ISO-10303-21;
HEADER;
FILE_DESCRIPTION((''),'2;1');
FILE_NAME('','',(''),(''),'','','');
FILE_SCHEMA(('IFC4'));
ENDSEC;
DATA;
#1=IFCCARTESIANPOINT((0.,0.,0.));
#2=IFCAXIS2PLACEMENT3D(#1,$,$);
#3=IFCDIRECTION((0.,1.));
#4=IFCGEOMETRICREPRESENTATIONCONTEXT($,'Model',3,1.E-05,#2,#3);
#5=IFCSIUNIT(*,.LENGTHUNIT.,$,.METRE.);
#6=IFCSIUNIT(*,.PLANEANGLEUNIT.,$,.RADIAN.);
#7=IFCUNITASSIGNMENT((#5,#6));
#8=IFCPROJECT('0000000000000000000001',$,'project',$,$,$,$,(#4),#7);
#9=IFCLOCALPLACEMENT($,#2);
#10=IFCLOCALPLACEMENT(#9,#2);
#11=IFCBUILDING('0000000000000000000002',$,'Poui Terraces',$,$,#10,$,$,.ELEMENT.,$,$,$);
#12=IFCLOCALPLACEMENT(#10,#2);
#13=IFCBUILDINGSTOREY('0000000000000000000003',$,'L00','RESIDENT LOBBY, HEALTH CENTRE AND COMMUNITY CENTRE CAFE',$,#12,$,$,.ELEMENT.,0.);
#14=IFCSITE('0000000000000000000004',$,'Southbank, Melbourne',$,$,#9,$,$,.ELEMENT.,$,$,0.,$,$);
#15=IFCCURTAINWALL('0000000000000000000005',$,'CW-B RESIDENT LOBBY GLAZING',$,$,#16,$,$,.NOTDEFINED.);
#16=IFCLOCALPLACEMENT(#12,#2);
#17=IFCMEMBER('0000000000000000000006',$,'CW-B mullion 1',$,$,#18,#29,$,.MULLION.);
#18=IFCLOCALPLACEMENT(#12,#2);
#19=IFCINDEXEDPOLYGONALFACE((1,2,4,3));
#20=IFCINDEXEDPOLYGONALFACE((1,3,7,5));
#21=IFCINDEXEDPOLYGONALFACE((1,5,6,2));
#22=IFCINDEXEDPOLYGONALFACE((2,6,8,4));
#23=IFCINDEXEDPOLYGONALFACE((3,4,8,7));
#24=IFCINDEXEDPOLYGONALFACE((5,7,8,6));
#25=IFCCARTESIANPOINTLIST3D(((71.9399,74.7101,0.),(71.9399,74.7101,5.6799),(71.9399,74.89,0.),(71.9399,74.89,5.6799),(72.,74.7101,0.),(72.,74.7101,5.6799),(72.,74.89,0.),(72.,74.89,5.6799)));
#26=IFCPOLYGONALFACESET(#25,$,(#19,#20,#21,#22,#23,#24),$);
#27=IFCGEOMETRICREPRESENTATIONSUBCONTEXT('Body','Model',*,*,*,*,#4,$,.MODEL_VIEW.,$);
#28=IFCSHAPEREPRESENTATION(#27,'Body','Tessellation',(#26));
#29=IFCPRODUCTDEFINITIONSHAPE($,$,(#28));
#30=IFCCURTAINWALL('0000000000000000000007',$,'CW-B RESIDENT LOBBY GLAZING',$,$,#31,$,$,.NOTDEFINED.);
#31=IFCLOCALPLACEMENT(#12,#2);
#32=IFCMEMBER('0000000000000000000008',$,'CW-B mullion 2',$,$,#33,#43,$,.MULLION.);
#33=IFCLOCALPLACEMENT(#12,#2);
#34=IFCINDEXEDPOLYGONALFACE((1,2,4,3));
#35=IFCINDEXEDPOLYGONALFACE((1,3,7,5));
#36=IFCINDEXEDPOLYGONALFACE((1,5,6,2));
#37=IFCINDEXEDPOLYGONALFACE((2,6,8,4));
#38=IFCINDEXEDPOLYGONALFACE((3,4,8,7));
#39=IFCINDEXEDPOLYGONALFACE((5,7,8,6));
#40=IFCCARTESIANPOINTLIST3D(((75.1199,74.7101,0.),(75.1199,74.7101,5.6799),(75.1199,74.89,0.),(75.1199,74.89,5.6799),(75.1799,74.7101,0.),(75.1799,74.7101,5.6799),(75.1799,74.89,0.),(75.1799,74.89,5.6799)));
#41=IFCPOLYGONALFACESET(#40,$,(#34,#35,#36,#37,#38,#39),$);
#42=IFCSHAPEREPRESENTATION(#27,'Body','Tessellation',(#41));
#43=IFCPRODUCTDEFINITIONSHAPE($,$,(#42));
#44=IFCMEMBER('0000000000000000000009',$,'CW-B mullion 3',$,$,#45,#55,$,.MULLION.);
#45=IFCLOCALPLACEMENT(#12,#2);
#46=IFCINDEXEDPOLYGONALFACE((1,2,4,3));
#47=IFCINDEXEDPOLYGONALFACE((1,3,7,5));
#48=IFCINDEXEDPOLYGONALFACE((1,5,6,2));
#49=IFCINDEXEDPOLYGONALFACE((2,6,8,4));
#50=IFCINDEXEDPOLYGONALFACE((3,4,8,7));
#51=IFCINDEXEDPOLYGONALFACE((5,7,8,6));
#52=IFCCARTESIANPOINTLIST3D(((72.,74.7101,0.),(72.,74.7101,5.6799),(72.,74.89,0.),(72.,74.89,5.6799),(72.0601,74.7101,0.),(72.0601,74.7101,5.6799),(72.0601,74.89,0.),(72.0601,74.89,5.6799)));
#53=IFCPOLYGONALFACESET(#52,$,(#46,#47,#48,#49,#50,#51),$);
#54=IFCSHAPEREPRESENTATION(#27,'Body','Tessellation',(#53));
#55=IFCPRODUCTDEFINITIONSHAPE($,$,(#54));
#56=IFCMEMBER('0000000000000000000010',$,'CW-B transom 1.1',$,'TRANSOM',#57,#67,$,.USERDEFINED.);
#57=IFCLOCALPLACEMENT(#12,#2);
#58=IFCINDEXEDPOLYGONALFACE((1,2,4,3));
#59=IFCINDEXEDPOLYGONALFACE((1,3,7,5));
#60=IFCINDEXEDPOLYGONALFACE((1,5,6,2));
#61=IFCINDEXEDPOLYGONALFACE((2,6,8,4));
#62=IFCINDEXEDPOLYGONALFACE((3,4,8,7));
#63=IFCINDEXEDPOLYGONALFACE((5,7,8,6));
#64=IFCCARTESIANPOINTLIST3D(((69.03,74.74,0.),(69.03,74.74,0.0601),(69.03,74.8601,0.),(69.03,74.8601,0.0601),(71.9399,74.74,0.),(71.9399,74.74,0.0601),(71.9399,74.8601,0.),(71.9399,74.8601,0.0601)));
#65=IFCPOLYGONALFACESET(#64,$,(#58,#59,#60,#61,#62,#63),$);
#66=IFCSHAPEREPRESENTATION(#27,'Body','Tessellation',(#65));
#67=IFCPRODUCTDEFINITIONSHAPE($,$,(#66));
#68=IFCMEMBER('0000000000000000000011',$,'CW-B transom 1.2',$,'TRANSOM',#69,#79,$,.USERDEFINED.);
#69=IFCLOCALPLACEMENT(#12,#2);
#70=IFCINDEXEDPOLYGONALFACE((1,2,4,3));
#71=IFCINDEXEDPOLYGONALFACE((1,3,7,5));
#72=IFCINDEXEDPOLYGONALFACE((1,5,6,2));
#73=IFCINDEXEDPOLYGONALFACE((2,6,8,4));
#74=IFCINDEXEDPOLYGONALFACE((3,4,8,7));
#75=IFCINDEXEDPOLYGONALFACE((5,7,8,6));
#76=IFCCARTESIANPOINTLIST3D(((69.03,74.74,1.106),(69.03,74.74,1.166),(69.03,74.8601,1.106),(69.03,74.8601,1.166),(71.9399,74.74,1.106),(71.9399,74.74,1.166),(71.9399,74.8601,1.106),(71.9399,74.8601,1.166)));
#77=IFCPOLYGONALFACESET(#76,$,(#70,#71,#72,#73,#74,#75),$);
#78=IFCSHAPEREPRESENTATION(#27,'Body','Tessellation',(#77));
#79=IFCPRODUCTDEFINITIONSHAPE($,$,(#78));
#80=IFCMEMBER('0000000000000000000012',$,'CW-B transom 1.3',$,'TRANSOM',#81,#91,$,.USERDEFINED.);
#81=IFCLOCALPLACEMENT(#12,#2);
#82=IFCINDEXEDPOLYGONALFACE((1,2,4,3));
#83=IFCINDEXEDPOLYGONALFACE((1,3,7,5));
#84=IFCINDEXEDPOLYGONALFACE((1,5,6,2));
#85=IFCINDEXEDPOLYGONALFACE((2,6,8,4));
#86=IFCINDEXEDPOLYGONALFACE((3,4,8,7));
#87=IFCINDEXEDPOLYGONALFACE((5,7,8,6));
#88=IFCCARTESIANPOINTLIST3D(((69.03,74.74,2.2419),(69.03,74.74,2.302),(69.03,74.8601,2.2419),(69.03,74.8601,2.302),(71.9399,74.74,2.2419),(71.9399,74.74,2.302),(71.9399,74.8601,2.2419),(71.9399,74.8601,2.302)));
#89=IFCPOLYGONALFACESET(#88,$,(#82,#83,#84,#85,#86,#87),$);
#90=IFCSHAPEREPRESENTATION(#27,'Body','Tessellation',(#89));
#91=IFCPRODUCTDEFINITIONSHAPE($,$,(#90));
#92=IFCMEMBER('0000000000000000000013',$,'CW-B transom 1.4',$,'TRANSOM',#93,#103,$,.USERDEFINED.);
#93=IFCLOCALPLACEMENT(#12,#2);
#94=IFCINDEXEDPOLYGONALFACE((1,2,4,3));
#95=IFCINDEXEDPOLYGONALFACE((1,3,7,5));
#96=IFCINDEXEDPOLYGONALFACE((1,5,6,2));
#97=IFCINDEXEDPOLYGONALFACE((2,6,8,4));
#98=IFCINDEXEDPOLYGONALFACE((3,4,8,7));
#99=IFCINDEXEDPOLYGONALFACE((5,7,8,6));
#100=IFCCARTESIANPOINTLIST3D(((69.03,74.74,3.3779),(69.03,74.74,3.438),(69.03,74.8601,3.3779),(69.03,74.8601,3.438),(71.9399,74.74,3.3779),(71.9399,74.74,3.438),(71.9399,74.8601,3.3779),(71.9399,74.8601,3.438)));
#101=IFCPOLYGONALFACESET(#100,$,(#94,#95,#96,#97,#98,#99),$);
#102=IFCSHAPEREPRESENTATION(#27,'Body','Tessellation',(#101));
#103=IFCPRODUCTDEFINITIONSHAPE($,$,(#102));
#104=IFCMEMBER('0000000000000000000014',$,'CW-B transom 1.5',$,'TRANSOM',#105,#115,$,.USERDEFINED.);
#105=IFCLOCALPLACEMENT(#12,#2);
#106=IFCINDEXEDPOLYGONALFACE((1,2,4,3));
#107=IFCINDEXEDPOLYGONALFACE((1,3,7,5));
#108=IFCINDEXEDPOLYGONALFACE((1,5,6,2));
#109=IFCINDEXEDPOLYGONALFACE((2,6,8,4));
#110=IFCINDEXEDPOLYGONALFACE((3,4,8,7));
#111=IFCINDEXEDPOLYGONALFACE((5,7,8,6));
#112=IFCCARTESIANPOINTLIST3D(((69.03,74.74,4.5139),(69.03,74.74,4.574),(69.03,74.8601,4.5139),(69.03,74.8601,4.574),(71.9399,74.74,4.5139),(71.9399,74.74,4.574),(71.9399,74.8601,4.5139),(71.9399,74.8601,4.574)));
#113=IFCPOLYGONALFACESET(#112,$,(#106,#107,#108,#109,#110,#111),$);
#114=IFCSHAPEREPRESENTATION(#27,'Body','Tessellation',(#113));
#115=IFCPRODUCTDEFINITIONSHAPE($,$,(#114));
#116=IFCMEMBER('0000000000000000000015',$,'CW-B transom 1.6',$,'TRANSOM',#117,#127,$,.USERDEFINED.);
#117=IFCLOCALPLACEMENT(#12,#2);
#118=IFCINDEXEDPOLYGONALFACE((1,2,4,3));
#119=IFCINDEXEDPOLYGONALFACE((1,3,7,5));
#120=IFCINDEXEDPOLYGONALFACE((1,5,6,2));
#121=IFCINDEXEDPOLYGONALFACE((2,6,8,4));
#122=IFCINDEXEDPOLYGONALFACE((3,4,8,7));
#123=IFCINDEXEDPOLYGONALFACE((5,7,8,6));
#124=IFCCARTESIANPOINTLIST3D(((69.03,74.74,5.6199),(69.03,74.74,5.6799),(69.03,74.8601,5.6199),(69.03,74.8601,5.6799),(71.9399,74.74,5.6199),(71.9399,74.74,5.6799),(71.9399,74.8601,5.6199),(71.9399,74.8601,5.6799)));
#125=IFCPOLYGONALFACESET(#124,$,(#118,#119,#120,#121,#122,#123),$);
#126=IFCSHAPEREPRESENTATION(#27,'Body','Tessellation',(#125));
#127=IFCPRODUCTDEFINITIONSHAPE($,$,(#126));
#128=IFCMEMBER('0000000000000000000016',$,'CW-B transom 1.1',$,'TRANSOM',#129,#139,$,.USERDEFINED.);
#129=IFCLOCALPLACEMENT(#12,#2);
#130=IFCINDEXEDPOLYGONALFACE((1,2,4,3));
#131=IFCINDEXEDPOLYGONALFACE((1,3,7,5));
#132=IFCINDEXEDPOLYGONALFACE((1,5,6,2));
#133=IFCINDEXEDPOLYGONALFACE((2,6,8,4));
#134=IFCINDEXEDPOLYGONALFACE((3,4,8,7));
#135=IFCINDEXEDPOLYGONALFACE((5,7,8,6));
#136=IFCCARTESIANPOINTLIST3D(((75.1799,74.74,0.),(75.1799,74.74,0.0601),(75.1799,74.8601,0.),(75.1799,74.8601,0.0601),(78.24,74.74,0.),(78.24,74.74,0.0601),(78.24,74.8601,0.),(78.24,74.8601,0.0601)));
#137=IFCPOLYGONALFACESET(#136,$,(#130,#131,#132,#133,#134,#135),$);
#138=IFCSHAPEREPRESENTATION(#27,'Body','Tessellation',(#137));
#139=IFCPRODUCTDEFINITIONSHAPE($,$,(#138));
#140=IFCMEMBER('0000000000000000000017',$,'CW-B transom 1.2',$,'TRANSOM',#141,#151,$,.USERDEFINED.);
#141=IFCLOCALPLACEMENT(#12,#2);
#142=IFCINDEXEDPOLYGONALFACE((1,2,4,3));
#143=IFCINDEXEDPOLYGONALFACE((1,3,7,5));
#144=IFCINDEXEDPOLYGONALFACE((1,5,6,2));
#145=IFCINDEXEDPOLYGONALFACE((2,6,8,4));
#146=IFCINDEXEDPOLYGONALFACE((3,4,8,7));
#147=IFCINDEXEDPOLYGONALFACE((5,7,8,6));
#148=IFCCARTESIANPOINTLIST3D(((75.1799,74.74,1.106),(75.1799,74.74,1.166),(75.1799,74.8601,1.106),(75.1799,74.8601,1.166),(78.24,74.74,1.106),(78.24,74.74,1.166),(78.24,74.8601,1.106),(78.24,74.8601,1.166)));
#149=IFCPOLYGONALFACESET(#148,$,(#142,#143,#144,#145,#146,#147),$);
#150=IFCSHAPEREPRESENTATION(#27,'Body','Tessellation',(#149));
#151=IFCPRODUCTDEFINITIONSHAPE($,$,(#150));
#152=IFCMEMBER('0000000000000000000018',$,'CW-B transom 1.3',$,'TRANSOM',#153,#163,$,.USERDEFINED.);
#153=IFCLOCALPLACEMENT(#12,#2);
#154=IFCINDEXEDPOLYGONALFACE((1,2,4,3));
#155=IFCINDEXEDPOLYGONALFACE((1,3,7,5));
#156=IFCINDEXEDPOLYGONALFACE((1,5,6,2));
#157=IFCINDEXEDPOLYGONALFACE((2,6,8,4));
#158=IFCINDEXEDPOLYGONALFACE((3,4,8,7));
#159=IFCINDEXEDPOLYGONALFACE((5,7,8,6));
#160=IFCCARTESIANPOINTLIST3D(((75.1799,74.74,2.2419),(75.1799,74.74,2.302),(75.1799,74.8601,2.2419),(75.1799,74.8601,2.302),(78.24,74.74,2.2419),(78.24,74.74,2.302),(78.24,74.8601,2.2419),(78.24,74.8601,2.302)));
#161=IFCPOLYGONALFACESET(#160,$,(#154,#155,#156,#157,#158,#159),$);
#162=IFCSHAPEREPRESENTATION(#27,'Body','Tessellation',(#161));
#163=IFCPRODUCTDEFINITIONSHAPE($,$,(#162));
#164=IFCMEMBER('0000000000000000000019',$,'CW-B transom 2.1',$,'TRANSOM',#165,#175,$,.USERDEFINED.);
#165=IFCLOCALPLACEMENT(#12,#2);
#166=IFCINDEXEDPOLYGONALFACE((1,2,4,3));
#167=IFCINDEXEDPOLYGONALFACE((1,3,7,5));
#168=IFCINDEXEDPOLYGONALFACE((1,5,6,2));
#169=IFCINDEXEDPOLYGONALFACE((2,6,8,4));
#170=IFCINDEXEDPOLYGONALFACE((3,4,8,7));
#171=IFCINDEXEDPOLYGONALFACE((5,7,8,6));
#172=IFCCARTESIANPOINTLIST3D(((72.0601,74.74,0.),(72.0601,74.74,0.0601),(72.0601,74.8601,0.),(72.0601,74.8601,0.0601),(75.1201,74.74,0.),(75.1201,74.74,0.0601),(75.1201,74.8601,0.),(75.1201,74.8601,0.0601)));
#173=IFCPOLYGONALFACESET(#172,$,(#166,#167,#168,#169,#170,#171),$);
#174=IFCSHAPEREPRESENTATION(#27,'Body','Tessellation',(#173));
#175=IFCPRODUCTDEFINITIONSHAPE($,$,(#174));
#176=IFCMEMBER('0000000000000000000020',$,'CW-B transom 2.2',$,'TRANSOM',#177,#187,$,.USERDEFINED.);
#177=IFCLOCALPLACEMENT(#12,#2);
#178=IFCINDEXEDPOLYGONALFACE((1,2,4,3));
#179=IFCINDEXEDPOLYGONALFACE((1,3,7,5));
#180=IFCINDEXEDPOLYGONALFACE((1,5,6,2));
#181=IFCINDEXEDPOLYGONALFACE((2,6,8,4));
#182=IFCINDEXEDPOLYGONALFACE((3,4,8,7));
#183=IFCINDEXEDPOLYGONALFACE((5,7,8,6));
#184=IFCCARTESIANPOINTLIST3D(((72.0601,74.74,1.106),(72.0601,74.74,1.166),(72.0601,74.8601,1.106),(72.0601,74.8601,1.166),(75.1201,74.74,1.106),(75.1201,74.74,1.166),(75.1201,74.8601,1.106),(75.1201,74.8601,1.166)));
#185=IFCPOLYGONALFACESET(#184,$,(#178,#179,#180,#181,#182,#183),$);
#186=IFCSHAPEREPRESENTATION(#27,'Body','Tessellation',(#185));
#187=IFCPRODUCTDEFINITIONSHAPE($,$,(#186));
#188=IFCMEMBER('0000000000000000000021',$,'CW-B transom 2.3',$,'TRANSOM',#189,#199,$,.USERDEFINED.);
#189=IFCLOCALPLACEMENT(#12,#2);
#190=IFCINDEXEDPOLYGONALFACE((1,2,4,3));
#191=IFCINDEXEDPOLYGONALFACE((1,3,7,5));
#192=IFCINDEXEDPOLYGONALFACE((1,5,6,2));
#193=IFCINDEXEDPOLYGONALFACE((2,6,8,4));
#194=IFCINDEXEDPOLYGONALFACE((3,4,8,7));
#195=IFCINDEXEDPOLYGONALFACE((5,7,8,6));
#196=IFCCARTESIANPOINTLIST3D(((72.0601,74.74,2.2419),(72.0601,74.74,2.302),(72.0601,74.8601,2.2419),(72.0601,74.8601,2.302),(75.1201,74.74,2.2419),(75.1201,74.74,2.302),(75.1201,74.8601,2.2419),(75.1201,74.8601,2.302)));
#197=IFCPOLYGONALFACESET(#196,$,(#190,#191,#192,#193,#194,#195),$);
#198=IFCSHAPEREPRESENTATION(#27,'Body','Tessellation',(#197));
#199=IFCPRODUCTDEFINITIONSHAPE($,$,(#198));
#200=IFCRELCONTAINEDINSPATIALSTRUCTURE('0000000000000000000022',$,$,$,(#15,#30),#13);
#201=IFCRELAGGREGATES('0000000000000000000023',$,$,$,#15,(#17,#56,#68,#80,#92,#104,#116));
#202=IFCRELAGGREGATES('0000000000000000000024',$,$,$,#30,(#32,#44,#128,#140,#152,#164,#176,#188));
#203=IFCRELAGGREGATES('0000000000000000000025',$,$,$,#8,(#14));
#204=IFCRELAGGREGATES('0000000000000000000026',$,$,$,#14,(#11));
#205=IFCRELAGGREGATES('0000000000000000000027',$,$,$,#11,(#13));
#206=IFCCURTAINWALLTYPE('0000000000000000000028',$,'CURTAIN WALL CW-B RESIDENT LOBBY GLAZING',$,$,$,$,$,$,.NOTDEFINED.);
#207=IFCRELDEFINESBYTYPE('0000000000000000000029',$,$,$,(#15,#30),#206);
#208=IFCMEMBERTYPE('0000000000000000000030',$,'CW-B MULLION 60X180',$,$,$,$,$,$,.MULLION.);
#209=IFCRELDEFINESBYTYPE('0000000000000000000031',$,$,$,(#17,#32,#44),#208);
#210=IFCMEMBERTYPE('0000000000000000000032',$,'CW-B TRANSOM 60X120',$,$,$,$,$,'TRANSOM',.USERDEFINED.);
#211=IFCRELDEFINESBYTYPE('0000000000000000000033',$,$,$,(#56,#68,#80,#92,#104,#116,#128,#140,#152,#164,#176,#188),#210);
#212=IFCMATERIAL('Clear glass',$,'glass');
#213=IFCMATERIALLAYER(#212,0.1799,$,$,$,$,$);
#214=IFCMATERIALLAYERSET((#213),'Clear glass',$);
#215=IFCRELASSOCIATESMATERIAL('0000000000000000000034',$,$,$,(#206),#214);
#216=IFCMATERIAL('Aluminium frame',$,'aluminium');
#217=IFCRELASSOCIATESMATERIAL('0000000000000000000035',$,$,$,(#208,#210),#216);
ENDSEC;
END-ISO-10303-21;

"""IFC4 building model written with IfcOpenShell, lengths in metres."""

from ifc_helpers import new_model, si_unit, direction, frame, origin, origin_2d, place, context, subcontext, project, spatial, rectangle, extrude, material, layer, layer_set, material_profile, profile_set, type_object, element, aggregate, save


model = new_model("IFC4")

# Units and contexts
model_context = context("Model", 3, precision=1e-05, world=origin(), true_north=direction((0.0, 1.0)))
body_context = subcontext(model_context, "Body", "Model", "MODEL_VIEW")
ifc_project = project(units=[si_unit("LENGTHUNIT", "METRE"), si_unit("PLANEANGLEUNIT", "RADIAN")], contexts=[model_context])

# Site, building, storey
site_placement = place(None, origin())
site = spatial("IfcSite", under=ifc_project, at=site_placement, Name="Southbank, Melbourne", CompositionType="ELEMENT", RefElevation=0.0)
building_placement = place(site_placement, origin())
building = spatial("IfcBuilding", under=site, at=building_placement, Name="Poui Terraces", CompositionType="ELEMENT")
storey_placement = place(building_placement, origin())
storey = spatial("IfcBuildingStorey", under=building, at=storey_placement, Name="L00", Description="RESIDENT LOBBY, HEALTH CENTRE AND COMMUNITY CENTRE CAFE", CompositionType="ELEMENT", Elevation=0.0)

# Curtain wall, member
ifc_material_1 = material(Name="Clear glass", Category="glass")
ifc_layer_1 = layer(ifc_material_1, 0.1799)
ifc_layer_set_1 = layer_set([ifc_layer_1], Name="Clear glass")
curtain_wall_type = type_object("IfcCurtainWallType", Name="CURTAIN WALL CW-B RESIDENT LOBBY GLAZING", PredefinedType="NOTDEFINED", material=ifc_layer_set_1)
curtain_wall_1_placement = place(storey_placement, origin())
curtain_wall_1 = element("IfcCurtainWall", 1, at=curtain_wall_1_placement, inside=storey, type_object=curtain_wall_type, Name="CW-B RESIDENT LOBBY GLAZING", PredefinedType="NOTDEFINED")
ifc_material_2 = material(Name="Aluminium frame", Category="aluminium")
ifc_material_profile_1 = material_profile(ifc_material_2, rectangle(XDim=0.1799, YDim=0.0601, at=origin_2d()), Name="CW-B MULLION 60X180")
ifc_profile_set_1 = profile_set([ifc_material_profile_1], Name="Aluminium frame")
member_type_1 = type_object("IfcMemberType", Name="CW-B MULLION 60X180", PredefinedType="MULLION", material=ifc_profile_set_1)
member_1_placement = place(storey_placement, frame((71.97, 74.8, 0.0), z_axis=(0.0, 0.0, 1.0), x_axis=(0.0, -1.0, 0.0)))
member_1 = element("IfcMember", 2, at=member_1_placement, type_object=member_type_1, Name="CW-B mullion 1", PredefinedType="MULLION", context=body_context, shape_type="SweptSolid", body=[
    extrude(rectangle(XDim=0.1799, YDim=0.0601, at=origin_2d()), origin(), (0.0, 0.0, 1.0), 5.6799),
])

# Curtain wall, members
curtain_wall_2_placement = place(storey_placement, origin())
curtain_wall_2 = element("IfcCurtainWall", 3, at=curtain_wall_2_placement, inside=storey, type_object=curtain_wall_type, Name="CW-B RESIDENT LOBBY GLAZING", PredefinedType="NOTDEFINED")
member_2_placement = place(storey_placement, frame((75.1499, 74.8, 0.0), z_axis=(0.0, 0.0, 1.0), x_axis=(0.0, -1.0, 0.0)))
member_2 = element("IfcMember", 4, at=member_2_placement, type_object=member_type_1, Name="CW-B mullion 2", PredefinedType="MULLION", context=body_context, shape_type="SweptSolid", body=[
    extrude(rectangle(XDim=0.1799, YDim=0.0601, at=origin_2d()), origin(), (0.0, 0.0, 1.0), 5.6799),
])
member_3_placement = place(storey_placement, frame((72.03, 74.8, 0.0), z_axis=(0.0, 0.0, 1.0), x_axis=(0.0, -1.0, 0.0)))
member_3 = element("IfcMember", 5, at=member_3_placement, type_object=member_type_1, Name="CW-B mullion 3", PredefinedType="MULLION", context=body_context, shape_type="SweptSolid", body=[
    extrude(rectangle(XDim=0.1799, YDim=0.0601, at=origin_2d()), origin(), (0.0, 0.0, 1.0), 5.6799),
])

# Members
ifc_material_profile_2 = material_profile(ifc_material_2, rectangle(XDim=0.1201, YDim=0.0601, at=origin_2d()), Name="CW-B TRANSOM 60X120")
ifc_profile_set_2 = profile_set([ifc_material_profile_2], Name="Aluminium frame")
member_type_2 = type_object("IfcMemberType", Name="CW-B TRANSOM 60X120", ElementType="TRANSOM", PredefinedType="USERDEFINED", material=ifc_profile_set_2)
member_4_placement = place(storey_placement, frame((71.9399, 74.8, 0.03), z_axis=(-1.0, 0.0, 0.0), x_axis=(0.0, -1.0, 0.0)))
member_4 = element("IfcMember", 6, at=member_4_placement, type_object=member_type_2, Name="CW-B transom 1.1", ObjectType="TRANSOM", PredefinedType="USERDEFINED", context=body_context, shape_type="SweptSolid", body=[
    extrude(rectangle(XDim=0.1201, YDim=0.0601, at=origin_2d()), origin(), (0.0, 0.0, 1.0), 2.9099),
])
member_5_placement = place(storey_placement, frame((71.9399, 74.8, 1.136), z_axis=(-1.0, 0.0, 0.0), x_axis=(0.0, -1.0, 0.0)))
member_5 = element("IfcMember", 7, at=member_5_placement, type_object=member_type_2, Name="CW-B transom 1.2", ObjectType="TRANSOM", PredefinedType="USERDEFINED", context=body_context, shape_type="SweptSolid", body=[
    extrude(rectangle(XDim=0.1201, YDim=0.0601, at=origin_2d()), origin(), (0.0, 0.0, 1.0), 2.9099),
])
member_6_placement = place(storey_placement, frame((71.9399, 74.8, 2.272), z_axis=(-1.0, 0.0, 0.0), x_axis=(0.0, -1.0, 0.0)))
member_6 = element("IfcMember", 8, at=member_6_placement, type_object=member_type_2, Name="CW-B transom 1.3", ObjectType="TRANSOM", PredefinedType="USERDEFINED", context=body_context, shape_type="SweptSolid", body=[
    extrude(rectangle(XDim=0.1201, YDim=0.0601, at=origin_2d()), origin(), (0.0, 0.0, 1.0), 2.9099),
])
member_7_placement = place(storey_placement, frame((71.9399, 74.8, 3.408), z_axis=(-1.0, 0.0, 0.0), x_axis=(0.0, -1.0, 0.0)))
member_7 = element("IfcMember", 9, at=member_7_placement, type_object=member_type_2, Name="CW-B transom 1.4", ObjectType="TRANSOM", PredefinedType="USERDEFINED", context=body_context, shape_type="SweptSolid", body=[
    extrude(rectangle(XDim=0.1201, YDim=0.0601, at=origin_2d()), origin(), (0.0, 0.0, 1.0), 2.9099),
])
member_8_placement = place(storey_placement, frame((71.9399, 74.8, 4.5439), z_axis=(-1.0, 0.0, 0.0), x_axis=(0.0, -1.0, 0.0)))
member_8 = element("IfcMember", 10, at=member_8_placement, type_object=member_type_2, Name="CW-B transom 1.5", ObjectType="TRANSOM", PredefinedType="USERDEFINED", context=body_context, shape_type="SweptSolid", body=[
    extrude(rectangle(XDim=0.1201, YDim=0.0601, at=origin_2d()), origin(), (0.0, 0.0, 1.0), 2.9099),
])
member_9_placement = place(storey_placement, frame((71.9399, 74.8, 5.6499), z_axis=(-1.0, 0.0, 0.0), x_axis=(0.0, -1.0, 0.0)))
member_9 = element("IfcMember", 11, at=member_9_placement, type_object=member_type_2, Name="CW-B transom 1.6", ObjectType="TRANSOM", PredefinedType="USERDEFINED", context=body_context, shape_type="SweptSolid", body=[
    extrude(rectangle(XDim=0.1201, YDim=0.0601, at=origin_2d()), origin(), (0.0, 0.0, 1.0), 2.9099),
])
member_10_placement = place(storey_placement, frame((78.24, 74.8, 0.03), z_axis=(-1.0, 0.0, 0.0), x_axis=(0.0, -1.0, 0.0)))
member_10 = element("IfcMember", 12, at=member_10_placement, type_object=member_type_2, Name="CW-B transom 1.1", ObjectType="TRANSOM", PredefinedType="USERDEFINED", context=body_context, shape_type="SweptSolid", body=[
    extrude(rectangle(XDim=0.1201, YDim=0.0601, at=origin_2d()), origin(), (0.0, 0.0, 1.0), 3.0601),
])
member_11_placement = place(storey_placement, frame((78.24, 74.8, 1.136), z_axis=(-1.0, 0.0, 0.0), x_axis=(0.0, -1.0, 0.0)))
member_11 = element("IfcMember", 13, at=member_11_placement, type_object=member_type_2, Name="CW-B transom 1.2", ObjectType="TRANSOM", PredefinedType="USERDEFINED", context=body_context, shape_type="SweptSolid", body=[
    extrude(rectangle(XDim=0.1201, YDim=0.0601, at=origin_2d()), origin(), (0.0, 0.0, 1.0), 3.0601),
])
member_12_placement = place(storey_placement, frame((78.24, 74.8, 2.272), z_axis=(-1.0, 0.0, 0.0), x_axis=(0.0, -1.0, 0.0)))
member_12 = element("IfcMember", 14, at=member_12_placement, type_object=member_type_2, Name="CW-B transom 1.3", ObjectType="TRANSOM", PredefinedType="USERDEFINED", context=body_context, shape_type="SweptSolid", body=[
    extrude(rectangle(XDim=0.1201, YDim=0.0601, at=origin_2d()), origin(), (0.0, 0.0, 1.0), 3.0601),
])
member_13_placement = place(storey_placement, frame((75.1201, 74.8, 0.03), z_axis=(-1.0, 0.0, 0.0), x_axis=(0.0, -1.0, 0.0)))
member_13 = element("IfcMember", 15, at=member_13_placement, type_object=member_type_2, Name="CW-B transom 2.1", ObjectType="TRANSOM", PredefinedType="USERDEFINED", context=body_context, shape_type="SweptSolid", body=[
    extrude(rectangle(XDim=0.1201, YDim=0.0601, at=origin_2d()), origin(), (0.0, 0.0, 1.0), 3.0601),
])
member_14_placement = place(storey_placement, frame((75.1201, 74.8, 1.136), z_axis=(-1.0, 0.0, 0.0), x_axis=(0.0, -1.0, 0.0)))
member_14 = element("IfcMember", 16, at=member_14_placement, type_object=member_type_2, Name="CW-B transom 2.2", ObjectType="TRANSOM", PredefinedType="USERDEFINED", context=body_context, shape_type="SweptSolid", body=[
    extrude(rectangle(XDim=0.1201, YDim=0.0601, at=origin_2d()), origin(), (0.0, 0.0, 1.0), 3.0601),
])
member_15_placement = place(storey_placement, frame((75.1201, 74.8, 2.272), z_axis=(-1.0, 0.0, 0.0), x_axis=(0.0, -1.0, 0.0)))
member_15 = element("IfcMember", 17, at=member_15_placement, type_object=member_type_2, Name="CW-B transom 2.3", ObjectType="TRANSOM", PredefinedType="USERDEFINED", context=body_context, shape_type="SweptSolid", body=[
    extrude(rectangle(XDim=0.1201, YDim=0.0601, at=origin_2d()), origin(), (0.0, 0.0, 1.0), 3.0601),
])

aggregate(curtain_wall_1, [member_1, member_4, member_5, member_6, member_7, member_8, member_9])
aggregate(curtain_wall_2, [member_2, member_3, member_10, member_11, member_12, member_13, member_14, member_15])

save(model, "model.ifc")
